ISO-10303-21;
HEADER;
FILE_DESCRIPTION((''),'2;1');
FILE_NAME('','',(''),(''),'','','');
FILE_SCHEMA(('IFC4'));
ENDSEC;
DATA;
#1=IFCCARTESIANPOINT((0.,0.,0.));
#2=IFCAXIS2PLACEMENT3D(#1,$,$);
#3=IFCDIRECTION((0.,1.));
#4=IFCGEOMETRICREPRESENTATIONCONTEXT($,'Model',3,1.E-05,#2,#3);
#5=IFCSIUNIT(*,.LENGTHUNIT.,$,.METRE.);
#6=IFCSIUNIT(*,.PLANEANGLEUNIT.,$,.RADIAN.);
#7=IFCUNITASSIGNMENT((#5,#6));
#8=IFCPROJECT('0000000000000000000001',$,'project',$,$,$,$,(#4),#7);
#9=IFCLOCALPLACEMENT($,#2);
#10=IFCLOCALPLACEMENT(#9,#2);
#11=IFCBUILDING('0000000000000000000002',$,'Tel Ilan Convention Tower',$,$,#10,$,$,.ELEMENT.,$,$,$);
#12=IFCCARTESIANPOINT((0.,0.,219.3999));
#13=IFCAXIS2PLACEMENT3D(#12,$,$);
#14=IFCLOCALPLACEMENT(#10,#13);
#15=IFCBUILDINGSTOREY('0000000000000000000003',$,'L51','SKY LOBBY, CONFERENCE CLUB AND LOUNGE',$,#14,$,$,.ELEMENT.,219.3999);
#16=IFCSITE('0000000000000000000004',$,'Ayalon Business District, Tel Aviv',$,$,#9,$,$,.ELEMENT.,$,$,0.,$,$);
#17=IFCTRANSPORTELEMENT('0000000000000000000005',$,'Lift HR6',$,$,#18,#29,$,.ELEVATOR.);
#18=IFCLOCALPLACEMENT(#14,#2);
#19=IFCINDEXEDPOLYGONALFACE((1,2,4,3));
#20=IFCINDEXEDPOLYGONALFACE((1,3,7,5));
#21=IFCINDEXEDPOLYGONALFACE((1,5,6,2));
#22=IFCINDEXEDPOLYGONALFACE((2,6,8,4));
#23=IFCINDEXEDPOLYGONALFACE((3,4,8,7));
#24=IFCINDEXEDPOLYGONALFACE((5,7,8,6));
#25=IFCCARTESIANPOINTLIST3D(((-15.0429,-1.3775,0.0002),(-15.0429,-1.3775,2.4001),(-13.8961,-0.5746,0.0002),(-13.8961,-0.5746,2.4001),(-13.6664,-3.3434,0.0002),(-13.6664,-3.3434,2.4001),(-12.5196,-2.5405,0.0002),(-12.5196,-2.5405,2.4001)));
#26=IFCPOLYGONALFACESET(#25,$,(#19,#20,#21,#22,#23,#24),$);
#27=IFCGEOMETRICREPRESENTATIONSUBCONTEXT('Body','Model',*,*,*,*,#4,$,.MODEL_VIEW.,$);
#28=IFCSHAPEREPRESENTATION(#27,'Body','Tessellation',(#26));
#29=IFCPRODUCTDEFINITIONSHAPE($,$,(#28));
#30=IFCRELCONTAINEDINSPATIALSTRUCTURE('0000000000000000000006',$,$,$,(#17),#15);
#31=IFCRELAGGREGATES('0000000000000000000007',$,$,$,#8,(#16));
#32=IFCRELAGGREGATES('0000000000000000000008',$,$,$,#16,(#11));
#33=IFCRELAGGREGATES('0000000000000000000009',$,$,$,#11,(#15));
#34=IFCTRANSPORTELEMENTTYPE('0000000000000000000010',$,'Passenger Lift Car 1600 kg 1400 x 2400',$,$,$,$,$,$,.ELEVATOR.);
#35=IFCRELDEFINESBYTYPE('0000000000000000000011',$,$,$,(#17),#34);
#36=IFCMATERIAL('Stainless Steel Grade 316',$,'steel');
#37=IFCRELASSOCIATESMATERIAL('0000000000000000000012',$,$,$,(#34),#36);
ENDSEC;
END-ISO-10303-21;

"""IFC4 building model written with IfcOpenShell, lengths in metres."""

from ifc_helpers import new_model, si_unit, direction, frame, origin, origin_2d, place, context, subcontext, project, spatial, rectangle, extrude, material, type_object, element, save


model = new_model("IFC4")

# Units and contexts
model_context = context("Model", 3, precision=1e-05, world=origin(), true_north=direction((0.0, 1.0)))
body_context = subcontext(model_context, "Body", "Model", "MODEL_VIEW")
ifc_project = project(units=[si_unit("LENGTHUNIT", "METRE"), si_unit("PLANEANGLEUNIT", "RADIAN")], contexts=[model_context])

# Site, building, storey
site_placement = place(None, origin())
site = spatial("IfcSite", under=ifc_project, at=site_placement, Name="Ayalon Business District, Tel Aviv", CompositionType="ELEMENT", RefElevation=0.0)
building_placement = place(site_placement, origin())
building = spatial("IfcBuilding", under=site, at=building_placement, Name="Tel Ilan Convention Tower", CompositionType="ELEMENT")
storey_placement = place(building_placement, frame((0.0, 0.0, 219.3999)))
storey = spatial("IfcBuildingStorey", under=building, at=storey_placement, Name="L51", Description="SKY LOBBY, CONFERENCE CLUB AND LOUNGE", CompositionType="ELEMENT", Elevation=219.3999)

# Transport element
ifc_material_1 = material(Name="Stainless Steel Grade 316", Category="steel")
transport_element_type = type_object("IfcTransportElementType", Name="Passenger Lift Car 1600 kg 1400 x 2400", PredefinedType="ELEVATOR", material=ifc_material_1)
for number, where, z_axis, x_axis, name in (
    (1, (-13.7812, -1.959, 0.0002), (0.0, 0.0, 1.0), (-0.819152, -0.573576, 0.0), "Lift HR6"),
):
    element("IfcTransportElement", number, at=place(storey_placement, frame(where, z_axis=z_axis, x_axis=x_axis)), inside=storey, type_object=transport_element_type, Name=name, PredefinedType="ELEVATOR", context=body_context, shape_type="SweptSolid", body=[
        extrude(rectangle(XDim=1.3999, YDim=2.3999, at=origin_2d()), origin(), (0.0, 0.0, 1.0), 2.3999),
    ])

save(model, "model.ifc")
